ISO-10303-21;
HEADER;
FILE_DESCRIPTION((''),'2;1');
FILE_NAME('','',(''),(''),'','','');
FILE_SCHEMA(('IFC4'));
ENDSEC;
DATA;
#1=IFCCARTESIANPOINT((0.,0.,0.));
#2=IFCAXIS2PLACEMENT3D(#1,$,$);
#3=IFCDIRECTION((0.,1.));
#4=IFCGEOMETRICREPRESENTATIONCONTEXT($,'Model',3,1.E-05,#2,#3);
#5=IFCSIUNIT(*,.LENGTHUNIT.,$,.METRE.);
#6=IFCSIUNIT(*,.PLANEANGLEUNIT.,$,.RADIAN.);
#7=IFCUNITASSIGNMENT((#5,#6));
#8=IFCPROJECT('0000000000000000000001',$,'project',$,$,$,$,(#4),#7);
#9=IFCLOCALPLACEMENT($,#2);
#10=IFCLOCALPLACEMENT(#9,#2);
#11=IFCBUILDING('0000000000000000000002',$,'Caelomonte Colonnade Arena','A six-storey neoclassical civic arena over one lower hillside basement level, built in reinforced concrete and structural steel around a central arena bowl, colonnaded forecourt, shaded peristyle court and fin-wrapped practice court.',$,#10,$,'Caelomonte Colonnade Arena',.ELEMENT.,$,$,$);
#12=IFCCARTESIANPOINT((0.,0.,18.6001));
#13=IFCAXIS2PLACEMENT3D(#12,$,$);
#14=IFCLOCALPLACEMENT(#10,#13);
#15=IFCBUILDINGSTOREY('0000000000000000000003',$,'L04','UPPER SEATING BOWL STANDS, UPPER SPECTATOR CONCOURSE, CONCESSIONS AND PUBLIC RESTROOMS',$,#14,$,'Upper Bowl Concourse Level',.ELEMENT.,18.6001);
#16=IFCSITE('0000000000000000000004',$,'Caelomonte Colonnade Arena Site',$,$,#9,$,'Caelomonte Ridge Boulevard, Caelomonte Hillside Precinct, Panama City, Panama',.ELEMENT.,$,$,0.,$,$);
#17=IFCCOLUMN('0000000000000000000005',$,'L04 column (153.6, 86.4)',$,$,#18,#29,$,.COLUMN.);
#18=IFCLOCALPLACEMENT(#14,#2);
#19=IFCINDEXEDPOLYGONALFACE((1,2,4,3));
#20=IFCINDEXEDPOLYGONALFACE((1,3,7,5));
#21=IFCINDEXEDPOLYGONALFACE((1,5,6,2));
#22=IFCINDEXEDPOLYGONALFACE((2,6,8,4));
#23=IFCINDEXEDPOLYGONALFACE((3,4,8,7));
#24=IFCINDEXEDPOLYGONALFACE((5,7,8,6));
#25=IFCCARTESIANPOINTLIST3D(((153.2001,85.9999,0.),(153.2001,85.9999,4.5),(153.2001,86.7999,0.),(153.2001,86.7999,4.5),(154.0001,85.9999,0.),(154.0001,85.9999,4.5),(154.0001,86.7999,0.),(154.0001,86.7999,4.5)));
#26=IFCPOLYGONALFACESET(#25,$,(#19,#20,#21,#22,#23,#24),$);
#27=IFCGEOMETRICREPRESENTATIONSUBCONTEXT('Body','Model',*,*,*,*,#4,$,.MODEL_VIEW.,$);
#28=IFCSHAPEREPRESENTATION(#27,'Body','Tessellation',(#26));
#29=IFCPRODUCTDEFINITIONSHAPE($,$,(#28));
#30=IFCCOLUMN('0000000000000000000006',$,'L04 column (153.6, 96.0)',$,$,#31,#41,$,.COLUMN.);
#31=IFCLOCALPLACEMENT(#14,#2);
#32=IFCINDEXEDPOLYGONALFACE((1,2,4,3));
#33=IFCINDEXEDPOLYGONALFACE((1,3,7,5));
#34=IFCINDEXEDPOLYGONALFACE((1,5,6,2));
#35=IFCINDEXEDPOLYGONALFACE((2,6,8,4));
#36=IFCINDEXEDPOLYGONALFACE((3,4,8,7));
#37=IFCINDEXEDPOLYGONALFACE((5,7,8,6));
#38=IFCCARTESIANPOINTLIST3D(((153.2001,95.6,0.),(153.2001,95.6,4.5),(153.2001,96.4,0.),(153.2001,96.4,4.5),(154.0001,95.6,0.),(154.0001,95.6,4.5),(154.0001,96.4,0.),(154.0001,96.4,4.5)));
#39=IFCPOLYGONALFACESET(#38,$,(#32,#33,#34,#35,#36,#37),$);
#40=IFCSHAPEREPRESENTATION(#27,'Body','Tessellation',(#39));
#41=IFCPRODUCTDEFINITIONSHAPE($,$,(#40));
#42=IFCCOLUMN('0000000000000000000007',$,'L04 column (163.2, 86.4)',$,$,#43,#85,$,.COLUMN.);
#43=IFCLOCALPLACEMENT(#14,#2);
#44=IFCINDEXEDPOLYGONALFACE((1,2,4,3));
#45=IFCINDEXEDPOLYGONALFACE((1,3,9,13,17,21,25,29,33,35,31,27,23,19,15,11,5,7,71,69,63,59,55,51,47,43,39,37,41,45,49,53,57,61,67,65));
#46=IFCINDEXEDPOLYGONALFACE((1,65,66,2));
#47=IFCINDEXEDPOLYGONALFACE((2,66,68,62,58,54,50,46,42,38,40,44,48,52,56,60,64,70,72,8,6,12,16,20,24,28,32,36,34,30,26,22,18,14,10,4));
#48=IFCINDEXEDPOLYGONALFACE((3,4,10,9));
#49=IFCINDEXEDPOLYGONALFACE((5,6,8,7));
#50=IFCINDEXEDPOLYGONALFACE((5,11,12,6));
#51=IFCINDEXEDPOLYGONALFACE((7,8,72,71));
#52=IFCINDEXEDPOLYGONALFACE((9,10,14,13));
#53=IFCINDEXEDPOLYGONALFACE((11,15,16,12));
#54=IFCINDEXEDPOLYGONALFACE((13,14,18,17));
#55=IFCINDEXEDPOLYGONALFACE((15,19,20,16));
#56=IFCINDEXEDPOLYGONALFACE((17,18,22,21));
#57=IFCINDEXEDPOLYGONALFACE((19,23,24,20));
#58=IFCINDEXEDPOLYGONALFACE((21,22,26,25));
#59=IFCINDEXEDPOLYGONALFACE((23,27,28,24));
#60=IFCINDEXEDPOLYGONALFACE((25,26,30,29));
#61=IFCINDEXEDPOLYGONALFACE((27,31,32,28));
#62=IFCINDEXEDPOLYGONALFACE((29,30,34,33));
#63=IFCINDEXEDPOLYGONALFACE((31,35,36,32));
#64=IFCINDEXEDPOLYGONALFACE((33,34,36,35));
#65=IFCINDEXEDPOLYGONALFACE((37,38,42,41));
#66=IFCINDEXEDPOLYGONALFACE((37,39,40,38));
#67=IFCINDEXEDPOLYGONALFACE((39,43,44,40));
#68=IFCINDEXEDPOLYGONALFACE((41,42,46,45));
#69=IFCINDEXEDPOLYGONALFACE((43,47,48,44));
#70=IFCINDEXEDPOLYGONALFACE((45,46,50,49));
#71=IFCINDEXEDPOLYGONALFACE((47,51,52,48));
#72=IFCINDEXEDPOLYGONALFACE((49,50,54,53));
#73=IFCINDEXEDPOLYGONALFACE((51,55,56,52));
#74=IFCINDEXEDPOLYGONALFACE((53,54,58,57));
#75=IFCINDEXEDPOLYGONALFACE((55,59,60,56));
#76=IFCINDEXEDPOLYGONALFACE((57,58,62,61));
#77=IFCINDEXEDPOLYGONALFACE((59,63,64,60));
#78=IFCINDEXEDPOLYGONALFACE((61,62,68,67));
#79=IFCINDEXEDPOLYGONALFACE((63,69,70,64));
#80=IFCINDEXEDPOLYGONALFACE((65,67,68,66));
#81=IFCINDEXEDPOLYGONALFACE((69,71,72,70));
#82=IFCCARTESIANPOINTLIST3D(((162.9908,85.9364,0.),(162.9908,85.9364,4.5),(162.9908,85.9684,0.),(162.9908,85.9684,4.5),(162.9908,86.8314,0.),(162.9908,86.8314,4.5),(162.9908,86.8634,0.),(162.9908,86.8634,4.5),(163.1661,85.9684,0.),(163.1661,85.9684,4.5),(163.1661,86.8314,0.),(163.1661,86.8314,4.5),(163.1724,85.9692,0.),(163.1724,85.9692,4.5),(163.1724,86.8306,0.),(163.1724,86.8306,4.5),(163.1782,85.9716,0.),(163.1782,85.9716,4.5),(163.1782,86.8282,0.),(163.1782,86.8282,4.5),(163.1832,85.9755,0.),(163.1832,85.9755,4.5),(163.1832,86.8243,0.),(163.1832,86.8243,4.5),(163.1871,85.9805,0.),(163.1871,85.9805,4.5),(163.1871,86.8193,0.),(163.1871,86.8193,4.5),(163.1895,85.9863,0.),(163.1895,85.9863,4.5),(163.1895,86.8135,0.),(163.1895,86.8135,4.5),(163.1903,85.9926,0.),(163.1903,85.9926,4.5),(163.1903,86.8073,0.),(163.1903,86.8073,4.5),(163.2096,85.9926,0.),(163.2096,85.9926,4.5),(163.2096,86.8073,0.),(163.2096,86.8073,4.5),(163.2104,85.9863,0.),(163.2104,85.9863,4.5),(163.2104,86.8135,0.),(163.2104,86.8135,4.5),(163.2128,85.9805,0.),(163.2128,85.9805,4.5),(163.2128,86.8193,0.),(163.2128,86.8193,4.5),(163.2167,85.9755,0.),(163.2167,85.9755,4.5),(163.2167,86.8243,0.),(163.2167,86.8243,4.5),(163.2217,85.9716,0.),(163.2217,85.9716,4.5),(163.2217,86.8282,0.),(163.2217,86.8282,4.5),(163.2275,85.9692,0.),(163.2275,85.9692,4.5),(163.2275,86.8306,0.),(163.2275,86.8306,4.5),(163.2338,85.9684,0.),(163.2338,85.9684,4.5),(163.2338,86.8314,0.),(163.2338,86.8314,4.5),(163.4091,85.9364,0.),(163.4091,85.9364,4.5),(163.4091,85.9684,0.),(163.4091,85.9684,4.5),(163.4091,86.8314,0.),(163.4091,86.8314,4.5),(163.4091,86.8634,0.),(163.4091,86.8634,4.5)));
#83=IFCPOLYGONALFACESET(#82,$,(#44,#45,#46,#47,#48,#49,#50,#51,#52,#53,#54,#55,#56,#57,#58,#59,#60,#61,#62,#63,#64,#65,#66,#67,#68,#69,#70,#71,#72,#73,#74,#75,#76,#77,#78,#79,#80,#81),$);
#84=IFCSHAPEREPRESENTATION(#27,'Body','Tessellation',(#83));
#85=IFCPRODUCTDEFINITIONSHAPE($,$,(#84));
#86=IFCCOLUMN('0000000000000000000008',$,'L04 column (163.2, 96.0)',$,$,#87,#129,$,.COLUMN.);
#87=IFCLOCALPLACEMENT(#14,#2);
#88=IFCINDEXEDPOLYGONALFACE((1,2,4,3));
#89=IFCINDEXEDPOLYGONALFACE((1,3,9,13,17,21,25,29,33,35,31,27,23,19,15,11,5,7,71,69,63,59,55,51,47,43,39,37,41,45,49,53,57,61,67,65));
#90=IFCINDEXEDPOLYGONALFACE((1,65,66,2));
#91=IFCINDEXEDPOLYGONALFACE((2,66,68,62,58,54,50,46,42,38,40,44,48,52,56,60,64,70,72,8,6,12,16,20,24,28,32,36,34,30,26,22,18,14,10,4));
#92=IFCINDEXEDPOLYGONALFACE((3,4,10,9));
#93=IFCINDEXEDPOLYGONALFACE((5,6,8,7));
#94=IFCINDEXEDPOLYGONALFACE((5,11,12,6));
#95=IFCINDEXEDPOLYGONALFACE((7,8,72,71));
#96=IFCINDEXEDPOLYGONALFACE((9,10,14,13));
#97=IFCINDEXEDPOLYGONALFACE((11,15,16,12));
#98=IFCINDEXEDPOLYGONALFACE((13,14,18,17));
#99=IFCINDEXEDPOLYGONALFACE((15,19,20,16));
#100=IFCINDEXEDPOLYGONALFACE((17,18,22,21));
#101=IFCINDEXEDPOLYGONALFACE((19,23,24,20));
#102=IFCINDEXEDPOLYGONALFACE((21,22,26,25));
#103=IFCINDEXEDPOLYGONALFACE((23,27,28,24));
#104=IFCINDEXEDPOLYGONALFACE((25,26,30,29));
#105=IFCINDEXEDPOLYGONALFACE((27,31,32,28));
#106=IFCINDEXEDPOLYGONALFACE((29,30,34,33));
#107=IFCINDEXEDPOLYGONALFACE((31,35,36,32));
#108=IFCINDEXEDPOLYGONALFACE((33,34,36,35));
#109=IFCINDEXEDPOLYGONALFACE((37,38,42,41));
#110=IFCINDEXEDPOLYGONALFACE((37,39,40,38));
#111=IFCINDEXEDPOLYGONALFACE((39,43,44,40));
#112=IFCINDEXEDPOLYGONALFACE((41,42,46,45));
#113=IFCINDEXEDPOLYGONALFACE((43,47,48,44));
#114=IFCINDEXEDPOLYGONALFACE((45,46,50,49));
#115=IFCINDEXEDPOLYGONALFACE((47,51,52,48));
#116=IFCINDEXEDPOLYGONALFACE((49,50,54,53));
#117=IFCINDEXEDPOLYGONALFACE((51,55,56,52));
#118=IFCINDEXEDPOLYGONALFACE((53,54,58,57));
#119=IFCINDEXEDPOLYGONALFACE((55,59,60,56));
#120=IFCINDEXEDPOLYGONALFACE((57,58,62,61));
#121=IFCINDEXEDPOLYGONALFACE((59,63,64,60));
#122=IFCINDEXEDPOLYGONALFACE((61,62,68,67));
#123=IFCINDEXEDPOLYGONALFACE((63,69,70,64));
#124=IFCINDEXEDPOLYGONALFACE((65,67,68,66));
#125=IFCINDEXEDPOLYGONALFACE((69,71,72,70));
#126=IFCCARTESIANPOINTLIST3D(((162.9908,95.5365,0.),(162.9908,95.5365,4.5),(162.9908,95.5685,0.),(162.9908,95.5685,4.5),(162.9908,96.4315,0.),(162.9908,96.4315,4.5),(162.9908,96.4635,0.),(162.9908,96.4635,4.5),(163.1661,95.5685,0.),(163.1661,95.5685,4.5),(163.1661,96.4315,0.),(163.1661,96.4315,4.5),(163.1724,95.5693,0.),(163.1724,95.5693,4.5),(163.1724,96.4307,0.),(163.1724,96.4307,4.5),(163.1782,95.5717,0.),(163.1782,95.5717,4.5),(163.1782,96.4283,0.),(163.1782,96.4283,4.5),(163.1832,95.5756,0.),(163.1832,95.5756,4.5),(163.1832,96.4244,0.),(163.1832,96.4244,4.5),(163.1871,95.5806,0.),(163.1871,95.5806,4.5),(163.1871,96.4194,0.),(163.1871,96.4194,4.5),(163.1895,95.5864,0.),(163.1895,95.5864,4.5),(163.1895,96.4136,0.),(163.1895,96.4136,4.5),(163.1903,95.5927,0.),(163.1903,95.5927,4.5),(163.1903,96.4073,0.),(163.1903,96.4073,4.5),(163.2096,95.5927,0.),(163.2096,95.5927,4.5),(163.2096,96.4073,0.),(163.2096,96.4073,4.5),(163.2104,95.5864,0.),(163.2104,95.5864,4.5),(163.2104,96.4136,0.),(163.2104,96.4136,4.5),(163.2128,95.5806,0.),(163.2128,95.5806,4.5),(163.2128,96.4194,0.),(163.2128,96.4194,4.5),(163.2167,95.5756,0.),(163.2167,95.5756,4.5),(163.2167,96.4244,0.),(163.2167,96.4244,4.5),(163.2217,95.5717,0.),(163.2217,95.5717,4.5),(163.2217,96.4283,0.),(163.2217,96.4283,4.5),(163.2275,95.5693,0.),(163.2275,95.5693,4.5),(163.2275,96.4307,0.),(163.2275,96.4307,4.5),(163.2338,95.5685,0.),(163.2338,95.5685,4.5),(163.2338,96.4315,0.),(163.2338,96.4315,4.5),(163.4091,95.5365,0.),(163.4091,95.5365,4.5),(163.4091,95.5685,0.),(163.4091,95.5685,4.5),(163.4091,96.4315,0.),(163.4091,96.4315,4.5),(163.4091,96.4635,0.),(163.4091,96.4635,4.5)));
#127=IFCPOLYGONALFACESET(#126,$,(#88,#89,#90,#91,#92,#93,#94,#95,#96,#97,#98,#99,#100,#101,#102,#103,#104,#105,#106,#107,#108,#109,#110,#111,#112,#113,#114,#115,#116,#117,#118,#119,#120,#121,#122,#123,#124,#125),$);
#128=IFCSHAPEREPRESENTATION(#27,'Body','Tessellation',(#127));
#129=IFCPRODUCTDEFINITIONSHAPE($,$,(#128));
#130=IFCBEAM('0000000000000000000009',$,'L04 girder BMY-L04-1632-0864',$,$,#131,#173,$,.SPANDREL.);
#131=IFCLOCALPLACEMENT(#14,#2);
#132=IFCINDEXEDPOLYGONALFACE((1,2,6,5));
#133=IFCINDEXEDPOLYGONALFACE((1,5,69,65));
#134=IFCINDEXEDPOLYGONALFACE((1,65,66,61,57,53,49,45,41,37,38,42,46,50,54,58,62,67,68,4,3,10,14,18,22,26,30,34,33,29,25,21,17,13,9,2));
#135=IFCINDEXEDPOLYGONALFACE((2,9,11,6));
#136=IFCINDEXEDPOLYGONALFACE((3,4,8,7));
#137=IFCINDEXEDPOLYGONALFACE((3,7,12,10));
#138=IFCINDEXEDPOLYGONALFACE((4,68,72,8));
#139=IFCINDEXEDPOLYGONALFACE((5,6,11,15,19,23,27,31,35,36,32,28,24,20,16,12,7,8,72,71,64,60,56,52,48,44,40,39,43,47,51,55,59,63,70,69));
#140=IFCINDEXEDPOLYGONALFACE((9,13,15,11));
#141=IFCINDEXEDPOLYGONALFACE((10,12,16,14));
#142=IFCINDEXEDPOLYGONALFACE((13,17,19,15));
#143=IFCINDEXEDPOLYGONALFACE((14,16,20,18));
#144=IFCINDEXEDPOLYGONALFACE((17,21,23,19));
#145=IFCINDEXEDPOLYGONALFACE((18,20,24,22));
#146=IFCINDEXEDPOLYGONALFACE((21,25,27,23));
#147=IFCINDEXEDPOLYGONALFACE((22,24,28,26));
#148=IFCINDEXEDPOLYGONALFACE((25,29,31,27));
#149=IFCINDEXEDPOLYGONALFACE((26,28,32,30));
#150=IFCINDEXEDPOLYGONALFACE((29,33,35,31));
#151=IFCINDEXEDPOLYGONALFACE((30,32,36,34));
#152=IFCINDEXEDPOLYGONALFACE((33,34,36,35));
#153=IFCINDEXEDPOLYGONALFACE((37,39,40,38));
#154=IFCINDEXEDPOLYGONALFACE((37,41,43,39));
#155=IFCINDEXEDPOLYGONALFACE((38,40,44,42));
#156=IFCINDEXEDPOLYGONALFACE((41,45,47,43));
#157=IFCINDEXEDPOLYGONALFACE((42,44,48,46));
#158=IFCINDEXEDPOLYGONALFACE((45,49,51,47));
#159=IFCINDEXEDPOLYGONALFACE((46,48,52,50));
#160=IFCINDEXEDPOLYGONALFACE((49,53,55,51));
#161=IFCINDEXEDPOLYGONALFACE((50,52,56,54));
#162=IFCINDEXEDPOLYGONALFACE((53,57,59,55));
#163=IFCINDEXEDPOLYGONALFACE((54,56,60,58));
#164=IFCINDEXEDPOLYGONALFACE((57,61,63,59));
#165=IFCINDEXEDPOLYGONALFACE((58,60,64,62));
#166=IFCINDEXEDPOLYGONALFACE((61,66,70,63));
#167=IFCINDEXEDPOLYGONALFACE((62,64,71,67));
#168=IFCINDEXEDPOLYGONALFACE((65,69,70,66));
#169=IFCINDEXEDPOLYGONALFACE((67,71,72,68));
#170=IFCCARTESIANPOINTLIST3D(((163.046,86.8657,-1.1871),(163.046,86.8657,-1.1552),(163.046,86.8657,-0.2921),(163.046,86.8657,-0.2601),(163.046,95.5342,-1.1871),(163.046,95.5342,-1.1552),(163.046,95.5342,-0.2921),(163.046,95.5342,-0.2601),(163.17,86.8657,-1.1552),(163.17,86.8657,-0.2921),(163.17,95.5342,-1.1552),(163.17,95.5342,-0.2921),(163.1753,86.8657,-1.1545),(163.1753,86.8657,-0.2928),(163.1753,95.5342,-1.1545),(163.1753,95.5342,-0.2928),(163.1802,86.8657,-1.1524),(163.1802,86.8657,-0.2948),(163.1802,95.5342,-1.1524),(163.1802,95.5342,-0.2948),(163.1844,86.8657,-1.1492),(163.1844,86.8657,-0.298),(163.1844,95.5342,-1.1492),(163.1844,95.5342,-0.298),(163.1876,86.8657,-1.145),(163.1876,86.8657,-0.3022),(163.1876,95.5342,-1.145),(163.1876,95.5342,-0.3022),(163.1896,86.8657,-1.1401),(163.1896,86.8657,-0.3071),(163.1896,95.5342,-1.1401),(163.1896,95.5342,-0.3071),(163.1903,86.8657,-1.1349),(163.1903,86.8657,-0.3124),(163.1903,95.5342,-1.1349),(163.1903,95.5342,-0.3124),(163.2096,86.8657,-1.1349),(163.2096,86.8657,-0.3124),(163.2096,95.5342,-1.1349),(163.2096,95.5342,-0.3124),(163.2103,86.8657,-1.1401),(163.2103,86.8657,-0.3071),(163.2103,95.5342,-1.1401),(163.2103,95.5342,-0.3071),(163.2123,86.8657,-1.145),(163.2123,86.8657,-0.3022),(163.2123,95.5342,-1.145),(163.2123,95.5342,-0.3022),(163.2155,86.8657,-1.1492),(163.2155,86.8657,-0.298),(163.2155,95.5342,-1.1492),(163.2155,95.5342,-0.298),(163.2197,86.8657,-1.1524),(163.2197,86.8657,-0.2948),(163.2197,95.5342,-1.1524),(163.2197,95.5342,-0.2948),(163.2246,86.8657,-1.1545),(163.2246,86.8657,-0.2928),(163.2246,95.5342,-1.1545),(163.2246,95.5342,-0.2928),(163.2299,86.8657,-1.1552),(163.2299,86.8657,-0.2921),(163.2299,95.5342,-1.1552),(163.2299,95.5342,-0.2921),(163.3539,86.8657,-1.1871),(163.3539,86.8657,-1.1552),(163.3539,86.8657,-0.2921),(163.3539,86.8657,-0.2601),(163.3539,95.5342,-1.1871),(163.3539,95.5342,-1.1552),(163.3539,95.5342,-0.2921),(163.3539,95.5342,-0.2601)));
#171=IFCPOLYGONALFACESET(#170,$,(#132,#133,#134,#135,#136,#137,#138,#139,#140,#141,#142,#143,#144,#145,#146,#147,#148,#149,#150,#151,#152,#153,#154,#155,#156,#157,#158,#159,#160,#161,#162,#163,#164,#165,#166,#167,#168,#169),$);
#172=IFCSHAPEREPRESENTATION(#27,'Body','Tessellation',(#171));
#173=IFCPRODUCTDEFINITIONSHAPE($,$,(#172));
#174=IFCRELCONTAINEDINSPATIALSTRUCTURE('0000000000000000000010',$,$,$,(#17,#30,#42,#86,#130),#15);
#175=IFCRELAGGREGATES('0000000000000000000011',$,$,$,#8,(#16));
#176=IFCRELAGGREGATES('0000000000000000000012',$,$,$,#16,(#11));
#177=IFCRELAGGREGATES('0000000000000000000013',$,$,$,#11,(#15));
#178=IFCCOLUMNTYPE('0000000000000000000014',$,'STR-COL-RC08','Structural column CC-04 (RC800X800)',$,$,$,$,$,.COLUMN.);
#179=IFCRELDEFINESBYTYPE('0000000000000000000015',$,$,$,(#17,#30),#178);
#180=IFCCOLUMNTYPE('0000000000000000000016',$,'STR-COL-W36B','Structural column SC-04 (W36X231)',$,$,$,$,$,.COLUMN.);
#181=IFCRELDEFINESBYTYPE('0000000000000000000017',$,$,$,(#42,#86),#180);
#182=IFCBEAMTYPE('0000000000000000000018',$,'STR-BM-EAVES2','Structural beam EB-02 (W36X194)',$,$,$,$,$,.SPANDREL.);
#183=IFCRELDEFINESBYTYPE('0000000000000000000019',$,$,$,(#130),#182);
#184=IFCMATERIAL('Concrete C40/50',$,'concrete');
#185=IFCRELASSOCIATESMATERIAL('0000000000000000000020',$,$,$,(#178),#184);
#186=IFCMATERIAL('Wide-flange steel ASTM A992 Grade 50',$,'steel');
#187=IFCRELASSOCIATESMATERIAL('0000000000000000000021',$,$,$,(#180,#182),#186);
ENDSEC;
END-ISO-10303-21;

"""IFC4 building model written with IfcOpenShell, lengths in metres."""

from ifc_helpers import new_model, si_unit, direction, frame, origin, origin_2d, place, context, subcontext, project, spatial, rectangle, i_section, extrude, material, material_profile, profile_set, type_object, element, save


model = new_model("IFC4")

# Units and contexts
model_context = context("Model", 3, precision=1e-05, world=origin(), true_north=direction((0.0, 1.0)))
body_context = subcontext(model_context, "Body", "Model", "MODEL_VIEW")
ifc_project = project(units=[si_unit("LENGTHUNIT", "METRE"), si_unit("PLANEANGLEUNIT", "RADIAN")], contexts=[model_context])

# Site, building, storey
site_placement = place(None, origin())
site = spatial("IfcSite", under=ifc_project, at=site_placement, Name="Caelomonte Colonnade Arena Site", LongName="Caelomonte Ridge Boulevard, Caelomonte Hillside Precinct, Panama City, Panama", CompositionType="ELEMENT", RefElevation=0.0)
building_placement = place(site_placement, origin())
building = spatial("IfcBuilding", under=site, at=building_placement, Name="Caelomonte Colonnade Arena", Description="A six-storey neoclassical civic arena over one lower hillside basement level, built in reinforced concrete and structural steel around a central arena bowl, colonnaded forecourt, shaded peristyle court and fin-wrapped practice court.", LongName="Caelomonte Colonnade Arena", CompositionType="ELEMENT")
storey_placement = place(building_placement, frame((0.0, 0.0, 18.6001)))
storey = spatial("IfcBuildingStorey", under=building, at=storey_placement, Name="L04", Description="UPPER SEATING BOWL STANDS, UPPER SPECTATOR CONCOURSE, CONCESSIONS AND PUBLIC RESTROOMS", LongName="Upper Bowl Concourse Level", CompositionType="ELEMENT", Elevation=18.6001)

# Columns
ifc_material_1 = material(Name="Concrete C40/50", Category="concrete")
ifc_material_profile_1 = material_profile(ifc_material_1, rectangle(XDim=0.8, YDim=0.8, at=origin_2d()), Name="RC800X800")
ifc_profile_set_1 = profile_set([ifc_material_profile_1], Name="Concrete C40/50")
column_type_1 = type_object("IfcColumnType", Name="STR-COL-RC08", Description="Structural column CC-04 (RC800X800)", PredefinedType="COLUMN", material=ifc_profile_set_1)
for number, where, z_axis, x_axis, name in (
    (1, (153.6001, 86.3999, 0.0), (0.0, 0.0, 1.0), (1.0, 0.0, 0.0), "L04 column (153.6, 86.4)"),
    (2, (153.6001, 96.0, 0.0), (0.0, 0.0, 1.0), (1.0, 0.0, 0.0), "L04 column (153.6, 96.0)"),
):
    element("IfcColumn", number, at=place(storey_placement, frame(where, z_axis=z_axis, x_axis=x_axis)), inside=storey, type_object=column_type_1, Name=name, PredefinedType="COLUMN", context=body_context, shape_type="SweptSolid", body=[
        extrude(rectangle(XDim=0.8, YDim=0.8, at=origin_2d()), origin(), (0.0, 0.0, 1.0), 4.5),
    ])
ifc_material_2 = material(Name="Wide-flange steel ASTM A992 Grade 50", Category="steel")
ifc_material_profile_2 = material_profile(ifc_material_2, i_section(OverallWidth=0.4182, OverallDepth=0.927, WebThickness=0.0193, FlangeThickness=0.032, FilletRadius=0.0242, at=origin_2d()), Name="W36X231")
ifc_profile_set_2 = profile_set([ifc_material_profile_2], Name="Wide-flange steel ASTM A992 Grade 50")
column_type_2 = type_object("IfcColumnType", Name="STR-COL-W36B", Description="Structural column SC-04 (W36X231)", PredefinedType="COLUMN", material=ifc_profile_set_2)
for number, where, z_axis, x_axis, name in (
    (3, (163.2, 86.3999, 0.0), (0.0, 0.0, 1.0), (1.0, 0.0, 0.0), "L04 column (163.2, 86.4)"),
    (4, (163.2, 96.0, 0.0), (0.0, 0.0, 1.0), (1.0, 0.0, 0.0), "L04 column (163.2, 96.0)"),
):
    element("IfcColumn", number, at=place(storey_placement, frame(where, z_axis=z_axis, x_axis=x_axis)), inside=storey, type_object=column_type_2, Name=name, PredefinedType="COLUMN", context=body_context, shape_type="SweptSolid", body=[
        extrude(i_section(OverallWidth=0.4182, OverallDepth=0.927, WebThickness=0.0193, FlangeThickness=0.032, FilletRadius=0.0242, at=origin_2d()), origin(), (0.0, 0.0, 1.0), 4.5),
    ])

# Beam
ifc_material_profile_3 = material_profile(ifc_material_2, i_section(OverallWidth=0.3079, OverallDepth=0.927, WebThickness=0.0193, FlangeThickness=0.032, FilletRadius=0.0203, at=origin_2d()), Name="W36X194")
ifc_profile_set_3 = profile_set([ifc_material_profile_3], Name="Wide-flange steel ASTM A992 Grade 50")
beam_type_1 = type_object("IfcBeamType", Name="STR-BM-EAVES2", Description="Structural beam EB-02 (W36X194)", PredefinedType="SPANDREL", material=ifc_profile_set_3)
beam_1_placement = place(storey_placement, frame((163.2, 86.8657, -0.7236), z_axis=(0.0, 1.0, 0.0), x_axis=(-1.0, 0.0, 0.0)))
element("IfcBeam", 5, at=beam_1_placement, inside=storey, type_object=beam_type_1, Name="L04 girder BMY-L04-1632-0864", PredefinedType="SPANDREL", context=body_context, shape_type="SweptSolid", body=[
    extrude(i_section(OverallWidth=0.3079, OverallDepth=0.927, WebThickness=0.0193, FlangeThickness=0.032, FilletRadius=0.0203, at=origin_2d()), origin(), (0.0, 0.0, 1.0), 8.6685),
])

save(model, "model.ifc")
